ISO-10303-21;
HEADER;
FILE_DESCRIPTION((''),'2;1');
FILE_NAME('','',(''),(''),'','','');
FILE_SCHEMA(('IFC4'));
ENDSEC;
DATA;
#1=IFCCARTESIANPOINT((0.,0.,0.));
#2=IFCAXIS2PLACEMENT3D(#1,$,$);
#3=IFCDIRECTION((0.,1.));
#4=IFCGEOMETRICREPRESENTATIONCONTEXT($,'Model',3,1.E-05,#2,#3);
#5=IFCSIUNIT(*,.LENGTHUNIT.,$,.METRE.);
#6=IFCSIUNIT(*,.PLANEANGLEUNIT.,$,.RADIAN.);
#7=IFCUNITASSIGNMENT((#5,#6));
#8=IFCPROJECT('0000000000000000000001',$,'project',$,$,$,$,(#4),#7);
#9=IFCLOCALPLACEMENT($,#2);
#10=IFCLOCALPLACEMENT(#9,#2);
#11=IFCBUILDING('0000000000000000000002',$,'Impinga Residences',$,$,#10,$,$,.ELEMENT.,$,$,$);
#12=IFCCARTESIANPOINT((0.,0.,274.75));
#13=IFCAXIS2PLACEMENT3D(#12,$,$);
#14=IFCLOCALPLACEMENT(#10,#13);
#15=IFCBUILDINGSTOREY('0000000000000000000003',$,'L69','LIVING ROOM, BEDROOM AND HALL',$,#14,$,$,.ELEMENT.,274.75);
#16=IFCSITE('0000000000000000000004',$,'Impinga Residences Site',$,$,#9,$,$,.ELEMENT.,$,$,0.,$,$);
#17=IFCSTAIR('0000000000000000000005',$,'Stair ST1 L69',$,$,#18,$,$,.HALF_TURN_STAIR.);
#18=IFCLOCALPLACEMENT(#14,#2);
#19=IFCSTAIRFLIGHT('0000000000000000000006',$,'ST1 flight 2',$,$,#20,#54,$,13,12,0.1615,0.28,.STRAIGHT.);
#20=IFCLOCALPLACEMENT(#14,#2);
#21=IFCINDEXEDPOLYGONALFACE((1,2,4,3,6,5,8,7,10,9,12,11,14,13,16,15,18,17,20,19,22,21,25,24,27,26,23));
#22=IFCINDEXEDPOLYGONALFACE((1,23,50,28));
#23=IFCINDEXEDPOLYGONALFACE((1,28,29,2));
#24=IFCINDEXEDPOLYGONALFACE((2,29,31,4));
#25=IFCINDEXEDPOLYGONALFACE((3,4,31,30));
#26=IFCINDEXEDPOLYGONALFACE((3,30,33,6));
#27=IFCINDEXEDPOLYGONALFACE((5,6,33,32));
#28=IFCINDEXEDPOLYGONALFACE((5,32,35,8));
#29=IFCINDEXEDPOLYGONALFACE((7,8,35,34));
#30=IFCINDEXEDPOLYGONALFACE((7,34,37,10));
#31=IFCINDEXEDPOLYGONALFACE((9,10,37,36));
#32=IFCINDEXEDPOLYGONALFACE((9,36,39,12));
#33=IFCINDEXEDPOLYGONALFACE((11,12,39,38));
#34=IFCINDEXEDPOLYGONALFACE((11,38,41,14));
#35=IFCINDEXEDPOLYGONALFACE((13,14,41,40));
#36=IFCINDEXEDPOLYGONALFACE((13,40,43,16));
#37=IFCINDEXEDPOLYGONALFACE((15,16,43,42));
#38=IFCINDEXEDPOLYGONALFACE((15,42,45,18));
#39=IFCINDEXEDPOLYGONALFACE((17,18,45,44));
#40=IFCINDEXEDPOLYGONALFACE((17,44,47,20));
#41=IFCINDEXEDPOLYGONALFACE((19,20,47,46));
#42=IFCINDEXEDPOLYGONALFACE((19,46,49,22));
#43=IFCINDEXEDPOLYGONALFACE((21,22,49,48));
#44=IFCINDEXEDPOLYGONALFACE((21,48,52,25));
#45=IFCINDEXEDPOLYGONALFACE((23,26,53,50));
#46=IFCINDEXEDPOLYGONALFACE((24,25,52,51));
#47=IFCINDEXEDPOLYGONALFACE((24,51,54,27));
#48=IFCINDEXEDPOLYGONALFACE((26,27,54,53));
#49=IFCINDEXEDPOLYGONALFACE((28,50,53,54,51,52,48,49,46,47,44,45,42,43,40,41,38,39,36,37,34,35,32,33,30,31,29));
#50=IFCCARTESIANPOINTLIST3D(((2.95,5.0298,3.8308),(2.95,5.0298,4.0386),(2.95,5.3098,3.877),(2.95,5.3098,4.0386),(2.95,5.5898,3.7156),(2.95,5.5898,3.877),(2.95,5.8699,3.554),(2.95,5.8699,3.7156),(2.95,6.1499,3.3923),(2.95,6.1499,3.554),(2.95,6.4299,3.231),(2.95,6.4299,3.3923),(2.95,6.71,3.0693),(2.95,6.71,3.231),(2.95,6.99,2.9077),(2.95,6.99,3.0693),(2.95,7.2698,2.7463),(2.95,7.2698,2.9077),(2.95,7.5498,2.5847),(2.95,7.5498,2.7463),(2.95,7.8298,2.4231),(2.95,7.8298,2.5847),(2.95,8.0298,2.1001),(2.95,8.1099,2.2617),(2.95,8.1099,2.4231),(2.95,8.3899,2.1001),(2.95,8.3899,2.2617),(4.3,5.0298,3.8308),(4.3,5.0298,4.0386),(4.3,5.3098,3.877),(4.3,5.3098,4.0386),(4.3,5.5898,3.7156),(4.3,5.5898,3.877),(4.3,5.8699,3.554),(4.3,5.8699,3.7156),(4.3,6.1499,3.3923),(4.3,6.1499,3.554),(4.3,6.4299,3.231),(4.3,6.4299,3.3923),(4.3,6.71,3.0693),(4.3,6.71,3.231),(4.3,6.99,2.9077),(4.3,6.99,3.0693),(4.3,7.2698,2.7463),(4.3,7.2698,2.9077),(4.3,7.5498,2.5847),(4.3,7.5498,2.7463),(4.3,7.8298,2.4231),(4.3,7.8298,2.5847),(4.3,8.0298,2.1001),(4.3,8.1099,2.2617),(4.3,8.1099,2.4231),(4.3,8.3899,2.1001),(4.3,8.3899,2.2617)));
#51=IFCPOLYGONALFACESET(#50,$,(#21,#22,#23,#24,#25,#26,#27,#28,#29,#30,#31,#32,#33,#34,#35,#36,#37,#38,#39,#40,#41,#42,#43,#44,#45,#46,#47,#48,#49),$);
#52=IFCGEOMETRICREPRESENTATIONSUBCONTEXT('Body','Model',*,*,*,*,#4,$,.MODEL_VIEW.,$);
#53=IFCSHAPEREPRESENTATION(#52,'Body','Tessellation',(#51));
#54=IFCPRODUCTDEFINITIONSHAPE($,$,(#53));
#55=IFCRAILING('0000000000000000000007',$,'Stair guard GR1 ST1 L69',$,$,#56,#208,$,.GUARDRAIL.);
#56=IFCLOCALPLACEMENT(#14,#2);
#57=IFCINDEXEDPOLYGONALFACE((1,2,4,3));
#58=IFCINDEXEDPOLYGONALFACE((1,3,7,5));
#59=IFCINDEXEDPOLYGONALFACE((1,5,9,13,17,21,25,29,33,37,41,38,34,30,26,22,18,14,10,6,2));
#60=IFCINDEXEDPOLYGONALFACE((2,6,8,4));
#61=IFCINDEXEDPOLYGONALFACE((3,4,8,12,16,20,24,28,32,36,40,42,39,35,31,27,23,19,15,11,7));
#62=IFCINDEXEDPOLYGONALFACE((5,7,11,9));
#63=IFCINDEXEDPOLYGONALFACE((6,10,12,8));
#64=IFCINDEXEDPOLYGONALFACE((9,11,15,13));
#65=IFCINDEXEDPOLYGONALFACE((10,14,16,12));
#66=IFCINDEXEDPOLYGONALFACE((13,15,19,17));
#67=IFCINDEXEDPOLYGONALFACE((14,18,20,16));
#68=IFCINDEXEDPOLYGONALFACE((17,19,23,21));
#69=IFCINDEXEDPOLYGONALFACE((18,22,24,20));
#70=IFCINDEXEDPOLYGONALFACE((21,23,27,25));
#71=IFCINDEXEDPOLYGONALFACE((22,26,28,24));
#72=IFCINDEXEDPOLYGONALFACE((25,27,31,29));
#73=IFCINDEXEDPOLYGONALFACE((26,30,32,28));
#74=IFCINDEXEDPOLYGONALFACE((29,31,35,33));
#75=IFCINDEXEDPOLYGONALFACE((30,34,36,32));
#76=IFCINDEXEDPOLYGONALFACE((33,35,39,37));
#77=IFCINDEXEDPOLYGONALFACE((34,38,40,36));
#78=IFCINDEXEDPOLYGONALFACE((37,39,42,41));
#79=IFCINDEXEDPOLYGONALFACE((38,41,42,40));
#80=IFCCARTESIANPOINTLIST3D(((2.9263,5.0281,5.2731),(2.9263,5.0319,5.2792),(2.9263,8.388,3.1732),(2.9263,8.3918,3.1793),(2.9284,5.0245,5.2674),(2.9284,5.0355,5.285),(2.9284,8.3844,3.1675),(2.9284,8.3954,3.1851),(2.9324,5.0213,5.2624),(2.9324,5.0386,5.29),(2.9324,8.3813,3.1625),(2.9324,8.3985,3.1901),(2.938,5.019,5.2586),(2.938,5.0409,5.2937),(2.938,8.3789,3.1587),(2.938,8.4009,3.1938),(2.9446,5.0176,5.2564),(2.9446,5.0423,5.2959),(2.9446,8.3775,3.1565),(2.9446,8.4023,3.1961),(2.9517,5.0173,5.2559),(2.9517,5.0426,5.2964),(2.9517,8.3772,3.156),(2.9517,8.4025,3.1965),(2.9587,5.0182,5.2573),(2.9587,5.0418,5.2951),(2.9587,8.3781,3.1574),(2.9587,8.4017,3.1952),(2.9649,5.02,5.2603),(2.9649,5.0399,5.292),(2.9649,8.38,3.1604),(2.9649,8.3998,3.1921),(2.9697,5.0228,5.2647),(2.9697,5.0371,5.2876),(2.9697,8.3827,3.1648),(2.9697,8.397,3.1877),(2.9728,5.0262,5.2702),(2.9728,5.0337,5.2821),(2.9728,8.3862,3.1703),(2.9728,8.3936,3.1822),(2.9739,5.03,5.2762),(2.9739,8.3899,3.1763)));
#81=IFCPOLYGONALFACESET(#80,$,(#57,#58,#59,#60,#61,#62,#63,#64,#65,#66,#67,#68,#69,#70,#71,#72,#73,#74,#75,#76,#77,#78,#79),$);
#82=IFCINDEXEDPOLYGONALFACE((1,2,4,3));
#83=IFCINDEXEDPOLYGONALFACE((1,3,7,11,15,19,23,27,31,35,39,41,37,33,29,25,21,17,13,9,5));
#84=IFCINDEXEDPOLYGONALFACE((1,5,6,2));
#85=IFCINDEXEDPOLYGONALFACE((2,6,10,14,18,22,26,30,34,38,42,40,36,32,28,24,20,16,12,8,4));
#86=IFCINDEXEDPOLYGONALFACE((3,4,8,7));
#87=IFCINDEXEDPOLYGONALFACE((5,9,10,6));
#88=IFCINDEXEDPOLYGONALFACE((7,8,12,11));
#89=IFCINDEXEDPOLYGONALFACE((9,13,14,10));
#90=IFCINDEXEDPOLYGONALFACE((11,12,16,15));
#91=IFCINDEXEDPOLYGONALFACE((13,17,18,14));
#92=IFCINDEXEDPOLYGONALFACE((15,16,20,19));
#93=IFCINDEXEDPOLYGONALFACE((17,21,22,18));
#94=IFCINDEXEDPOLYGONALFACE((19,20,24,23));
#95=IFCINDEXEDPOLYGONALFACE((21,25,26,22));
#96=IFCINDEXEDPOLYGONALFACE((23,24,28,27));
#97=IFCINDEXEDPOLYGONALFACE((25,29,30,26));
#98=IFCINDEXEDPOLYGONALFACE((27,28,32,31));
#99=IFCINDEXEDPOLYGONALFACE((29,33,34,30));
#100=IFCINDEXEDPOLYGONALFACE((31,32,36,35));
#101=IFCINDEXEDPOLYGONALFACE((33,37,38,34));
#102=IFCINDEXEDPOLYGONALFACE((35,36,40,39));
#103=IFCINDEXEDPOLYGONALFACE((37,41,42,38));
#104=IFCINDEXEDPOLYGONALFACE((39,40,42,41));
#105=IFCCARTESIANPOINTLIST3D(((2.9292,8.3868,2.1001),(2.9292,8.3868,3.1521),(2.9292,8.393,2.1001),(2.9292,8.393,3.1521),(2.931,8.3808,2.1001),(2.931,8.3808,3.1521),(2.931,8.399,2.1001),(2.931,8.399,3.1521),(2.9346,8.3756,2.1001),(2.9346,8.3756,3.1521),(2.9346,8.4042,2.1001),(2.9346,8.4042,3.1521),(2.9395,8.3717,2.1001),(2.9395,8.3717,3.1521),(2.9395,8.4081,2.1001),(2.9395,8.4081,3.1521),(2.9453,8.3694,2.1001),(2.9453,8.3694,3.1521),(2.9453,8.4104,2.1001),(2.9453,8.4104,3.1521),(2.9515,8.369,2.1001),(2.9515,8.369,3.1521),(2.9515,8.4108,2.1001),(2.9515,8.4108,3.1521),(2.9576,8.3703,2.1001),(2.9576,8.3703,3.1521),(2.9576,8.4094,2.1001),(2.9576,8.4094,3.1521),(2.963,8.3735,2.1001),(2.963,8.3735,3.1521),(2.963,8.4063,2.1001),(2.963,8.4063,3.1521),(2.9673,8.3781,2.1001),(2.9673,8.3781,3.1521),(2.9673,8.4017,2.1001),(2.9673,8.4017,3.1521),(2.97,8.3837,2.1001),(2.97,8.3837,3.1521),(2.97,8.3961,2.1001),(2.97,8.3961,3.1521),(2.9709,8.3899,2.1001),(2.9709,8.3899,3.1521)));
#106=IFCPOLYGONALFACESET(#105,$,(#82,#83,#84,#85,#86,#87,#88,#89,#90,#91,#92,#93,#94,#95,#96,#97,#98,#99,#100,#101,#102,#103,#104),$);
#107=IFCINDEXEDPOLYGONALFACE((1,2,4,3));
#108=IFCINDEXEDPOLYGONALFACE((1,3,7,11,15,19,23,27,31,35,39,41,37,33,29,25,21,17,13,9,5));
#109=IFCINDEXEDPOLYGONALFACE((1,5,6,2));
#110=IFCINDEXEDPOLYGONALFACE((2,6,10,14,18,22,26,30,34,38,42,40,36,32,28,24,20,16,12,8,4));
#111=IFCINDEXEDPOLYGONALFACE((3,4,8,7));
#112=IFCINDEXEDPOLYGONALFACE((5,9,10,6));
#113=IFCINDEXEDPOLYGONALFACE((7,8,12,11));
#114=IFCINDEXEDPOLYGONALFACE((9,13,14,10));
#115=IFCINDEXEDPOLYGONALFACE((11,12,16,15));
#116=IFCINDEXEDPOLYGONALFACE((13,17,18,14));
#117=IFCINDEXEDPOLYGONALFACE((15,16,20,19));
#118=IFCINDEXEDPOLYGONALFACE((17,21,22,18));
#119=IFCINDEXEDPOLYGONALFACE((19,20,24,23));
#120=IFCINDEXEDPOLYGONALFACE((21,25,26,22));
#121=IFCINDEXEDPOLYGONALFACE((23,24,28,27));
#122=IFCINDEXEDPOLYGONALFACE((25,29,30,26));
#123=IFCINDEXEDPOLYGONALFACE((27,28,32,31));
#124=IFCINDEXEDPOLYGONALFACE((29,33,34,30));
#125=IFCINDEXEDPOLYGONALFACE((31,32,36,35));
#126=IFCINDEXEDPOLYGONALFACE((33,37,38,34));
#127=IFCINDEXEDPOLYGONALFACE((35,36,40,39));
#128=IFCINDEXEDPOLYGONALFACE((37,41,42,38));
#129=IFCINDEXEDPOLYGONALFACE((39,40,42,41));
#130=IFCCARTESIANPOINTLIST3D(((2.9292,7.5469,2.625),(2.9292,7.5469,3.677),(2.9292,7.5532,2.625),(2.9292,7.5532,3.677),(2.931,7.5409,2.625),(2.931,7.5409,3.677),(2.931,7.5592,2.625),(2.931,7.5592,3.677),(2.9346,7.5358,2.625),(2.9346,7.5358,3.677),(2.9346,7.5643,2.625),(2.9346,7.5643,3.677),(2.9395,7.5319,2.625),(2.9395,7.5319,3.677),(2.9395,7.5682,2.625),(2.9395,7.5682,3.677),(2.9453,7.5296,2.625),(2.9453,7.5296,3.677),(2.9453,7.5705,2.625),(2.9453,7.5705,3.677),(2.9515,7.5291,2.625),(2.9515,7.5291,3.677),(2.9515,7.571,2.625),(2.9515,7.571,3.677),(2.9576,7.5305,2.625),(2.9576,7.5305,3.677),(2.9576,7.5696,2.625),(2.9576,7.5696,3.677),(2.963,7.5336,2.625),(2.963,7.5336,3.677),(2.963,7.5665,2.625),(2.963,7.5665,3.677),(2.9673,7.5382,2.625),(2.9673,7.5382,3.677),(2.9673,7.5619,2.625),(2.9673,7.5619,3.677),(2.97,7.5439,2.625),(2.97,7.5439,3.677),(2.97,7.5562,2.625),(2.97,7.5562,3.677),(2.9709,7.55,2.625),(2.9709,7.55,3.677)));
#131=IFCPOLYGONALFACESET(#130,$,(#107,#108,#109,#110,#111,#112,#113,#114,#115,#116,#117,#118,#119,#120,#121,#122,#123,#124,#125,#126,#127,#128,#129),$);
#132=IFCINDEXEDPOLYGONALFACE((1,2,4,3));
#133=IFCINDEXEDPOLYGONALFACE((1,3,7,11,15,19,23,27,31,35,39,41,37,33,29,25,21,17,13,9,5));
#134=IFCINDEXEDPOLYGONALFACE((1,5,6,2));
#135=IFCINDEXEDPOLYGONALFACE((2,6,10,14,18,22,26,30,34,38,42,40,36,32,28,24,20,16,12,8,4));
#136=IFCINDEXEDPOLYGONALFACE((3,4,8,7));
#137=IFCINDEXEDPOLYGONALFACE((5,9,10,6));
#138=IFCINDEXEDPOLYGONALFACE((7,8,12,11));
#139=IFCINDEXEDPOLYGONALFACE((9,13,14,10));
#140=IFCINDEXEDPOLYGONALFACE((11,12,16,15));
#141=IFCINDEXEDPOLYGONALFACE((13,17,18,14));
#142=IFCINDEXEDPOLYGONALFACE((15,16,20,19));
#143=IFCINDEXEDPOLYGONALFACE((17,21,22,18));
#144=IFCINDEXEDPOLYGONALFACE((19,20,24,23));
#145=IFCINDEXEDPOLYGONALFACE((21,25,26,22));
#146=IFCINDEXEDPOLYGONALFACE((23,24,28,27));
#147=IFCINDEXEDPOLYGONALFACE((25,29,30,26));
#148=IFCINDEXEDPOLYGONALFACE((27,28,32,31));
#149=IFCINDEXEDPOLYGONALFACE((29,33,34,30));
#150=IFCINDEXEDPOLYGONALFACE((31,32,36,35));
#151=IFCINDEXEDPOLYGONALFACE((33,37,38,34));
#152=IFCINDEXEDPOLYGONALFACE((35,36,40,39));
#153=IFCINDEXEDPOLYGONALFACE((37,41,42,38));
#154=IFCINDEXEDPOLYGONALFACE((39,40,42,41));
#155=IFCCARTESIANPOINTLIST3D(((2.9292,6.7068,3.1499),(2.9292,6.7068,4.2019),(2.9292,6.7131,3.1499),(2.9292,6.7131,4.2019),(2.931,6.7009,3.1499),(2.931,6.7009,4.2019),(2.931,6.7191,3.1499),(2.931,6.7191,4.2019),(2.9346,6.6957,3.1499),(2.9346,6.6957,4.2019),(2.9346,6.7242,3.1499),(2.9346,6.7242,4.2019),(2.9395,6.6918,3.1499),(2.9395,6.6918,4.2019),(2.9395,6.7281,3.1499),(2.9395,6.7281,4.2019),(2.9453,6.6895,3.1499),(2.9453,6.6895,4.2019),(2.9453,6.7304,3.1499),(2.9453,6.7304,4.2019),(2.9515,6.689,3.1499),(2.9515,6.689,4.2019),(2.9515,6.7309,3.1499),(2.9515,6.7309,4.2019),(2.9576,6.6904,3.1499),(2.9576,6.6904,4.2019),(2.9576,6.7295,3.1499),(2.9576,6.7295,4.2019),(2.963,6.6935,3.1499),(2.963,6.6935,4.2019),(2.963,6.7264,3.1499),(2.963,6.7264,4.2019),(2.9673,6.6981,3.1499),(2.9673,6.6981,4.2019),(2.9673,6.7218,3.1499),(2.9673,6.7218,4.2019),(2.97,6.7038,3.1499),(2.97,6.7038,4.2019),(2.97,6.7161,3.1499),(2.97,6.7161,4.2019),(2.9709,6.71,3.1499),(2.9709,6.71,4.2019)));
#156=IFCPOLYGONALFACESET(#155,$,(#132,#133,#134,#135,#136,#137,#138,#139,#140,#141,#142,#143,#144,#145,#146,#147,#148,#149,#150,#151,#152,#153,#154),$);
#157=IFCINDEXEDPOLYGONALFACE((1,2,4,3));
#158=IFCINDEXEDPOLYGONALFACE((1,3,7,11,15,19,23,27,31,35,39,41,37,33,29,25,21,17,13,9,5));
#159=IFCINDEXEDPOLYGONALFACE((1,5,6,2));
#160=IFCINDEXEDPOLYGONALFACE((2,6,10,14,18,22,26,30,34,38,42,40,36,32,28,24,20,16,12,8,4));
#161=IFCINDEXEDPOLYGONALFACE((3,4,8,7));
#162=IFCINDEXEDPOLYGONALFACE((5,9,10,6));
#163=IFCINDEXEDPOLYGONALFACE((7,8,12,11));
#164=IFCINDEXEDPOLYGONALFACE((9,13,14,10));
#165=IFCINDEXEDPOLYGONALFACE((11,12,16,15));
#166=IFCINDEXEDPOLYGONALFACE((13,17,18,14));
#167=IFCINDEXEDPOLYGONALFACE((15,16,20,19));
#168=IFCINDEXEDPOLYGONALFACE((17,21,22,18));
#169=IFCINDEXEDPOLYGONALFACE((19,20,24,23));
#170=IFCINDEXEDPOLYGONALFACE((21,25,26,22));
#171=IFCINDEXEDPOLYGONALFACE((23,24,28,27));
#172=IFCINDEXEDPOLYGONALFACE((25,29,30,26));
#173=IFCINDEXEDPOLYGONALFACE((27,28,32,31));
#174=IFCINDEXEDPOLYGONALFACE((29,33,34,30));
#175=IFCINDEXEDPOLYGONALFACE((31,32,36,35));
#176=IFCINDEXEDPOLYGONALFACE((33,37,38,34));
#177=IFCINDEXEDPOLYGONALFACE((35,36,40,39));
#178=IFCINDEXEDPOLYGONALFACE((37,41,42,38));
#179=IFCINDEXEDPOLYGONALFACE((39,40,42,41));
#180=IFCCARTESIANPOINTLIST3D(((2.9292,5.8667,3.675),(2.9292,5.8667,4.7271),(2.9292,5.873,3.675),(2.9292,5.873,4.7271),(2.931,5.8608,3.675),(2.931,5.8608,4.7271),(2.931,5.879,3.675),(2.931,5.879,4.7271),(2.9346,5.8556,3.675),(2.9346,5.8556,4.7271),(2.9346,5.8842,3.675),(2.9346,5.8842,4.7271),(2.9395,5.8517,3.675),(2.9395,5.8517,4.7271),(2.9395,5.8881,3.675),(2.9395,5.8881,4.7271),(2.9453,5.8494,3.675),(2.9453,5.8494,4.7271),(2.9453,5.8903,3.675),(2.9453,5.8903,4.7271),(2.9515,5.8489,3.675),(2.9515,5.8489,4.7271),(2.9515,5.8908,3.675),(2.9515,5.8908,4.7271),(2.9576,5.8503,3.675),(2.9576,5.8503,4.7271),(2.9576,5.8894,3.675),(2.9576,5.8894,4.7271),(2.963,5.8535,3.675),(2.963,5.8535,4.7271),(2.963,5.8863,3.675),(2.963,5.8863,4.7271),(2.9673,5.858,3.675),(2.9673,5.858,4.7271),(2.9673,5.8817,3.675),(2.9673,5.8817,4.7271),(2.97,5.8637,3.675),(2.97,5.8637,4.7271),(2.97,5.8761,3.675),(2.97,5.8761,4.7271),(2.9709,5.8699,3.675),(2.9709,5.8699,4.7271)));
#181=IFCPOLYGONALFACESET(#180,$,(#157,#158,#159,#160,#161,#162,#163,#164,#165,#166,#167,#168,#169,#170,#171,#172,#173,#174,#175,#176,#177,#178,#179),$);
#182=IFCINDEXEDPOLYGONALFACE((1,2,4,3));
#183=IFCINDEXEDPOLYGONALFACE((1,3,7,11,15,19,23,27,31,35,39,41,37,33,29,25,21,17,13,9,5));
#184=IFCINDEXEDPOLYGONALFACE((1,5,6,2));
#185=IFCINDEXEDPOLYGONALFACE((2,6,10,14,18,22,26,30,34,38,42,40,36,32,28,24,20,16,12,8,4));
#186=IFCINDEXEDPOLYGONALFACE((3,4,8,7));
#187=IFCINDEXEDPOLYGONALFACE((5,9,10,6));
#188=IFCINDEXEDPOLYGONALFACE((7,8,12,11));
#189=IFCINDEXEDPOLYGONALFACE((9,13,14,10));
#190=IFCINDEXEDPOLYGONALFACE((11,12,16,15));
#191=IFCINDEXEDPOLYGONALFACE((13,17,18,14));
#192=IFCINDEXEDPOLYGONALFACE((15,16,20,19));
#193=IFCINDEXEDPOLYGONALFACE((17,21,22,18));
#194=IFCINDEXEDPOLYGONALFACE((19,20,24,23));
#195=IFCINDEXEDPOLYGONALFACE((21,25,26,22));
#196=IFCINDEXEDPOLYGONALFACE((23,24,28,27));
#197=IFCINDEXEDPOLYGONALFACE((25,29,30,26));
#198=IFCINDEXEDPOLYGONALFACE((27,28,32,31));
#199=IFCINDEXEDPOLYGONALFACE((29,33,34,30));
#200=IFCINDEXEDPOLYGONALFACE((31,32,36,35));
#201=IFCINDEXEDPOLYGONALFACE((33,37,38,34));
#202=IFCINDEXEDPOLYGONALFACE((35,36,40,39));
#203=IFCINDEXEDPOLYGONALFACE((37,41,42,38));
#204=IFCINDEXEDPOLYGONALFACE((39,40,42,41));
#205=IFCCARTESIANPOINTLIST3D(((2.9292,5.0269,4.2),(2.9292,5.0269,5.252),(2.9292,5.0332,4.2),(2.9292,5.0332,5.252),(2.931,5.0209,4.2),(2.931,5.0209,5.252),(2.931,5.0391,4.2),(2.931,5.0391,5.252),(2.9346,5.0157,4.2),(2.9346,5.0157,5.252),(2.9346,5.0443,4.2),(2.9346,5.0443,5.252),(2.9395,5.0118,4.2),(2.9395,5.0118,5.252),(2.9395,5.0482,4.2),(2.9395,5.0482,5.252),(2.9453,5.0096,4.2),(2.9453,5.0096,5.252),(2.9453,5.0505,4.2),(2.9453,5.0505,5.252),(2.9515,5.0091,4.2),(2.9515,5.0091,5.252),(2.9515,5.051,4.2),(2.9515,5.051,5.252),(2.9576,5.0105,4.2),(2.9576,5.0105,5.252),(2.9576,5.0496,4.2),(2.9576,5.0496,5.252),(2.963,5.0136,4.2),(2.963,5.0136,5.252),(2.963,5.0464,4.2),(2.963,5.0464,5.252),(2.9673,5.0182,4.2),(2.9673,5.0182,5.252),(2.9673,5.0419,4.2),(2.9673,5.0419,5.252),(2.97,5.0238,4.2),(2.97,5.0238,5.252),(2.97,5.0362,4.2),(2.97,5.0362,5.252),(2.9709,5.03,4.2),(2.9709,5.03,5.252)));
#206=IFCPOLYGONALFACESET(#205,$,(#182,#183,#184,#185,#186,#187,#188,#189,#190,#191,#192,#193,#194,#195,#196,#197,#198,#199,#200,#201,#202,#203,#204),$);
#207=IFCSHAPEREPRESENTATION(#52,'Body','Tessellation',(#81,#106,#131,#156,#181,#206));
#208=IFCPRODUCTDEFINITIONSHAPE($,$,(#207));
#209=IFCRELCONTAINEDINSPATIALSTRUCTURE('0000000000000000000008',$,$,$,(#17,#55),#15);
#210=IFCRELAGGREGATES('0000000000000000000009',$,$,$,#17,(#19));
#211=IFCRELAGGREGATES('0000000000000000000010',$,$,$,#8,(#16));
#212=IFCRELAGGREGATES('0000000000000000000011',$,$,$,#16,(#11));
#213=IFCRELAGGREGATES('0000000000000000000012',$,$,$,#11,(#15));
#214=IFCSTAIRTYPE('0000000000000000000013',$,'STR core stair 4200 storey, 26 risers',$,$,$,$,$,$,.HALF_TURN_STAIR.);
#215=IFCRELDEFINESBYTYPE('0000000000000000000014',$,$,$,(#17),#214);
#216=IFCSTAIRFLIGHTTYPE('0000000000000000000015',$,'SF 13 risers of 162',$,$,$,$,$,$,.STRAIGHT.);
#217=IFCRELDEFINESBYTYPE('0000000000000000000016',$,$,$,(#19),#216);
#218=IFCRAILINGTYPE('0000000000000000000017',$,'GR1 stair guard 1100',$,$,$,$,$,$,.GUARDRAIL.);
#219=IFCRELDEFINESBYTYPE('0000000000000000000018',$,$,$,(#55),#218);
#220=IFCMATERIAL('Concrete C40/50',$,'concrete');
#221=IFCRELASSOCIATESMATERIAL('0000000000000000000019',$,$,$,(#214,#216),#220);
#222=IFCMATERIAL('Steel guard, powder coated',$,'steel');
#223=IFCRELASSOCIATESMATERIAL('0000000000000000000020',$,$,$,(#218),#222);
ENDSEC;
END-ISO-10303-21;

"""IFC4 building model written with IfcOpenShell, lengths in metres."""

from ifc_helpers import new_model, si_unit, direction, frame, origin, origin_2d, place, context, subcontext, project, spatial, polyline, circle, outline, extrude, material, type_object, element, aggregate, save


model = new_model("IFC4")

# Units and contexts
model_context = context("Model", 3, precision=1e-05, world=origin(), true_north=direction((0.0, 1.0)))
body_context = subcontext(model_context, "Body", "Model", "MODEL_VIEW")
ifc_project = project(units=[si_unit("LENGTHUNIT", "METRE"), si_unit("PLANEANGLEUNIT", "RADIAN")], contexts=[model_context])

# Site, building, storey
site_placement = place(None, origin())
site = spatial("IfcSite", under=ifc_project, at=site_placement, Name="Impinga Residences Site", CompositionType="ELEMENT", RefElevation=0.0)
building_placement = place(site_placement, origin())
building = spatial("IfcBuilding", under=site, at=building_placement, Name="Impinga Residences", CompositionType="ELEMENT")
storey_placement = place(building_placement, frame((0.0, 0.0, 274.75)))
storey = spatial("IfcBuildingStorey", under=building, at=storey_placement, Name="L69", Description="LIVING ROOM, BEDROOM AND HALL", CompositionType="ELEMENT", Elevation=274.75)

# Stair, stair flight
ifc_material_1 = material(Name="Concrete C40/50", Category="concrete")
stair_type = type_object("IfcStairType", Name="STR core stair 4200 storey, 26 risers", PredefinedType="HALF_TURN_STAIR", material=ifc_material_1)
stair_placement = place(storey_placement, origin())
stair = element("IfcStair", 1, at=stair_placement, inside=storey, type_object=stair_type, Name="Stair ST1 L69", PredefinedType="HALF_TURN_STAIR")
stair_flight_type = type_object("IfcStairFlightType", Name="SF 13 risers of 162", PredefinedType="STRAIGHT", material=ifc_material_1)
stair_flight_1_placement = place(storey_placement, frame((3.625, 8.3899, 2.1001), z_axis=(0.0, 0.0, 1.0), x_axis=(0.0, -1.0, 0.0)))
stair_flight_1 = element("IfcStairFlight", 2, at=stair_flight_1_placement, type_object=stair_flight_type, Name="ST1 flight 2", NumberOfRisers=13, NumberOfTreads=12, PredefinedType="STRAIGHT", RiserHeight=0.1615, TreadLength=0.28, context=body_context, shape_type="SweptSolid", body=[
    extrude(outline(polyline([(0.0, 0.0), (0.0, 0.1616), (0.28, 0.1616), (0.28, 0.323), (0.5601, 0.323), (0.5601, 0.4846), (0.8401, 0.4846), (0.8401, 0.6462), (1.1201, 0.6462), (1.1201, 0.8076), (1.3999, 0.8076), (1.3999, 0.9692), (1.6799, 0.9692), (1.6799, 1.1309), (1.96, 1.1309), (1.96, 1.2922), (2.24, 1.2922), (2.24, 1.4539), (2.52, 1.4539), (2.52, 1.6155), (2.8, 1.6155), (2.8, 1.7769), (3.0801, 1.7769), (3.0801, 1.9385), (3.3601, 1.9385), (3.3601, 2.1001), (3.3601, 1.7307), (0.3601, 0.0), (0.0, 0.0)])), frame((0.0, 0.675, 0.0), z_axis=(0.0, -1.0, 0.0), x_axis=(1.0, 0.0, 0.0)), (0.0, 0.0, 1.0), 1.3501),
])
aggregate(stair, [stair_flight_1])

# Railing
ifc_material_2 = material(Name="Steel guard, powder coated", Category="steel")
railing_type_1 = type_object("IfcRailingType", Name="GR1 stair guard 1100", PredefinedType="GUARDRAIL", material=ifc_material_2)
railing_1_placement = place(storey_placement, frame((2.95, 8.3899, 2.1001)))
element("IfcRailing", 3, at=railing_1_placement, inside=storey, type_object=railing_type_1, Name="Stair guard GR1 ST1 L69", PredefinedType="GUARDRAIL", context=body_context, shape_type="SweptSolid", body=[
    extrude(circle(Radius=0.0239, at=origin_2d()), frame((0.0, 0.0, 1.0762), z_axis=(0.0, -0.848005, 0.529988), x_axis=(1.0, 0.0, 0.0)), (0.0, 0.0, 1.0), 3.9622),
    extrude(circle(Radius=0.021, at=origin_2d()), origin(), (0.0, 0.0, 1.0), 1.052),
    extrude(circle(Radius=0.021, at=origin_2d()), frame((0.0, -0.8398, 0.5249)), (0.0, 0.0, 1.0), 1.052),
    extrude(circle(Radius=0.021, at=origin_2d()), frame((0.0, -1.6799, 1.0498)), (0.0, 0.0, 1.0), 1.052),
    extrude(circle(Radius=0.021, at=origin_2d()), frame((0.0, -2.52, 1.575)), (0.0, 0.0, 1.0), 1.052),
    extrude(circle(Radius=0.021, at=origin_2d()), frame((0.0, -3.3599, 2.0999)), (0.0, 0.0, 1.0), 1.052),
])

save(model, "model.ifc")
